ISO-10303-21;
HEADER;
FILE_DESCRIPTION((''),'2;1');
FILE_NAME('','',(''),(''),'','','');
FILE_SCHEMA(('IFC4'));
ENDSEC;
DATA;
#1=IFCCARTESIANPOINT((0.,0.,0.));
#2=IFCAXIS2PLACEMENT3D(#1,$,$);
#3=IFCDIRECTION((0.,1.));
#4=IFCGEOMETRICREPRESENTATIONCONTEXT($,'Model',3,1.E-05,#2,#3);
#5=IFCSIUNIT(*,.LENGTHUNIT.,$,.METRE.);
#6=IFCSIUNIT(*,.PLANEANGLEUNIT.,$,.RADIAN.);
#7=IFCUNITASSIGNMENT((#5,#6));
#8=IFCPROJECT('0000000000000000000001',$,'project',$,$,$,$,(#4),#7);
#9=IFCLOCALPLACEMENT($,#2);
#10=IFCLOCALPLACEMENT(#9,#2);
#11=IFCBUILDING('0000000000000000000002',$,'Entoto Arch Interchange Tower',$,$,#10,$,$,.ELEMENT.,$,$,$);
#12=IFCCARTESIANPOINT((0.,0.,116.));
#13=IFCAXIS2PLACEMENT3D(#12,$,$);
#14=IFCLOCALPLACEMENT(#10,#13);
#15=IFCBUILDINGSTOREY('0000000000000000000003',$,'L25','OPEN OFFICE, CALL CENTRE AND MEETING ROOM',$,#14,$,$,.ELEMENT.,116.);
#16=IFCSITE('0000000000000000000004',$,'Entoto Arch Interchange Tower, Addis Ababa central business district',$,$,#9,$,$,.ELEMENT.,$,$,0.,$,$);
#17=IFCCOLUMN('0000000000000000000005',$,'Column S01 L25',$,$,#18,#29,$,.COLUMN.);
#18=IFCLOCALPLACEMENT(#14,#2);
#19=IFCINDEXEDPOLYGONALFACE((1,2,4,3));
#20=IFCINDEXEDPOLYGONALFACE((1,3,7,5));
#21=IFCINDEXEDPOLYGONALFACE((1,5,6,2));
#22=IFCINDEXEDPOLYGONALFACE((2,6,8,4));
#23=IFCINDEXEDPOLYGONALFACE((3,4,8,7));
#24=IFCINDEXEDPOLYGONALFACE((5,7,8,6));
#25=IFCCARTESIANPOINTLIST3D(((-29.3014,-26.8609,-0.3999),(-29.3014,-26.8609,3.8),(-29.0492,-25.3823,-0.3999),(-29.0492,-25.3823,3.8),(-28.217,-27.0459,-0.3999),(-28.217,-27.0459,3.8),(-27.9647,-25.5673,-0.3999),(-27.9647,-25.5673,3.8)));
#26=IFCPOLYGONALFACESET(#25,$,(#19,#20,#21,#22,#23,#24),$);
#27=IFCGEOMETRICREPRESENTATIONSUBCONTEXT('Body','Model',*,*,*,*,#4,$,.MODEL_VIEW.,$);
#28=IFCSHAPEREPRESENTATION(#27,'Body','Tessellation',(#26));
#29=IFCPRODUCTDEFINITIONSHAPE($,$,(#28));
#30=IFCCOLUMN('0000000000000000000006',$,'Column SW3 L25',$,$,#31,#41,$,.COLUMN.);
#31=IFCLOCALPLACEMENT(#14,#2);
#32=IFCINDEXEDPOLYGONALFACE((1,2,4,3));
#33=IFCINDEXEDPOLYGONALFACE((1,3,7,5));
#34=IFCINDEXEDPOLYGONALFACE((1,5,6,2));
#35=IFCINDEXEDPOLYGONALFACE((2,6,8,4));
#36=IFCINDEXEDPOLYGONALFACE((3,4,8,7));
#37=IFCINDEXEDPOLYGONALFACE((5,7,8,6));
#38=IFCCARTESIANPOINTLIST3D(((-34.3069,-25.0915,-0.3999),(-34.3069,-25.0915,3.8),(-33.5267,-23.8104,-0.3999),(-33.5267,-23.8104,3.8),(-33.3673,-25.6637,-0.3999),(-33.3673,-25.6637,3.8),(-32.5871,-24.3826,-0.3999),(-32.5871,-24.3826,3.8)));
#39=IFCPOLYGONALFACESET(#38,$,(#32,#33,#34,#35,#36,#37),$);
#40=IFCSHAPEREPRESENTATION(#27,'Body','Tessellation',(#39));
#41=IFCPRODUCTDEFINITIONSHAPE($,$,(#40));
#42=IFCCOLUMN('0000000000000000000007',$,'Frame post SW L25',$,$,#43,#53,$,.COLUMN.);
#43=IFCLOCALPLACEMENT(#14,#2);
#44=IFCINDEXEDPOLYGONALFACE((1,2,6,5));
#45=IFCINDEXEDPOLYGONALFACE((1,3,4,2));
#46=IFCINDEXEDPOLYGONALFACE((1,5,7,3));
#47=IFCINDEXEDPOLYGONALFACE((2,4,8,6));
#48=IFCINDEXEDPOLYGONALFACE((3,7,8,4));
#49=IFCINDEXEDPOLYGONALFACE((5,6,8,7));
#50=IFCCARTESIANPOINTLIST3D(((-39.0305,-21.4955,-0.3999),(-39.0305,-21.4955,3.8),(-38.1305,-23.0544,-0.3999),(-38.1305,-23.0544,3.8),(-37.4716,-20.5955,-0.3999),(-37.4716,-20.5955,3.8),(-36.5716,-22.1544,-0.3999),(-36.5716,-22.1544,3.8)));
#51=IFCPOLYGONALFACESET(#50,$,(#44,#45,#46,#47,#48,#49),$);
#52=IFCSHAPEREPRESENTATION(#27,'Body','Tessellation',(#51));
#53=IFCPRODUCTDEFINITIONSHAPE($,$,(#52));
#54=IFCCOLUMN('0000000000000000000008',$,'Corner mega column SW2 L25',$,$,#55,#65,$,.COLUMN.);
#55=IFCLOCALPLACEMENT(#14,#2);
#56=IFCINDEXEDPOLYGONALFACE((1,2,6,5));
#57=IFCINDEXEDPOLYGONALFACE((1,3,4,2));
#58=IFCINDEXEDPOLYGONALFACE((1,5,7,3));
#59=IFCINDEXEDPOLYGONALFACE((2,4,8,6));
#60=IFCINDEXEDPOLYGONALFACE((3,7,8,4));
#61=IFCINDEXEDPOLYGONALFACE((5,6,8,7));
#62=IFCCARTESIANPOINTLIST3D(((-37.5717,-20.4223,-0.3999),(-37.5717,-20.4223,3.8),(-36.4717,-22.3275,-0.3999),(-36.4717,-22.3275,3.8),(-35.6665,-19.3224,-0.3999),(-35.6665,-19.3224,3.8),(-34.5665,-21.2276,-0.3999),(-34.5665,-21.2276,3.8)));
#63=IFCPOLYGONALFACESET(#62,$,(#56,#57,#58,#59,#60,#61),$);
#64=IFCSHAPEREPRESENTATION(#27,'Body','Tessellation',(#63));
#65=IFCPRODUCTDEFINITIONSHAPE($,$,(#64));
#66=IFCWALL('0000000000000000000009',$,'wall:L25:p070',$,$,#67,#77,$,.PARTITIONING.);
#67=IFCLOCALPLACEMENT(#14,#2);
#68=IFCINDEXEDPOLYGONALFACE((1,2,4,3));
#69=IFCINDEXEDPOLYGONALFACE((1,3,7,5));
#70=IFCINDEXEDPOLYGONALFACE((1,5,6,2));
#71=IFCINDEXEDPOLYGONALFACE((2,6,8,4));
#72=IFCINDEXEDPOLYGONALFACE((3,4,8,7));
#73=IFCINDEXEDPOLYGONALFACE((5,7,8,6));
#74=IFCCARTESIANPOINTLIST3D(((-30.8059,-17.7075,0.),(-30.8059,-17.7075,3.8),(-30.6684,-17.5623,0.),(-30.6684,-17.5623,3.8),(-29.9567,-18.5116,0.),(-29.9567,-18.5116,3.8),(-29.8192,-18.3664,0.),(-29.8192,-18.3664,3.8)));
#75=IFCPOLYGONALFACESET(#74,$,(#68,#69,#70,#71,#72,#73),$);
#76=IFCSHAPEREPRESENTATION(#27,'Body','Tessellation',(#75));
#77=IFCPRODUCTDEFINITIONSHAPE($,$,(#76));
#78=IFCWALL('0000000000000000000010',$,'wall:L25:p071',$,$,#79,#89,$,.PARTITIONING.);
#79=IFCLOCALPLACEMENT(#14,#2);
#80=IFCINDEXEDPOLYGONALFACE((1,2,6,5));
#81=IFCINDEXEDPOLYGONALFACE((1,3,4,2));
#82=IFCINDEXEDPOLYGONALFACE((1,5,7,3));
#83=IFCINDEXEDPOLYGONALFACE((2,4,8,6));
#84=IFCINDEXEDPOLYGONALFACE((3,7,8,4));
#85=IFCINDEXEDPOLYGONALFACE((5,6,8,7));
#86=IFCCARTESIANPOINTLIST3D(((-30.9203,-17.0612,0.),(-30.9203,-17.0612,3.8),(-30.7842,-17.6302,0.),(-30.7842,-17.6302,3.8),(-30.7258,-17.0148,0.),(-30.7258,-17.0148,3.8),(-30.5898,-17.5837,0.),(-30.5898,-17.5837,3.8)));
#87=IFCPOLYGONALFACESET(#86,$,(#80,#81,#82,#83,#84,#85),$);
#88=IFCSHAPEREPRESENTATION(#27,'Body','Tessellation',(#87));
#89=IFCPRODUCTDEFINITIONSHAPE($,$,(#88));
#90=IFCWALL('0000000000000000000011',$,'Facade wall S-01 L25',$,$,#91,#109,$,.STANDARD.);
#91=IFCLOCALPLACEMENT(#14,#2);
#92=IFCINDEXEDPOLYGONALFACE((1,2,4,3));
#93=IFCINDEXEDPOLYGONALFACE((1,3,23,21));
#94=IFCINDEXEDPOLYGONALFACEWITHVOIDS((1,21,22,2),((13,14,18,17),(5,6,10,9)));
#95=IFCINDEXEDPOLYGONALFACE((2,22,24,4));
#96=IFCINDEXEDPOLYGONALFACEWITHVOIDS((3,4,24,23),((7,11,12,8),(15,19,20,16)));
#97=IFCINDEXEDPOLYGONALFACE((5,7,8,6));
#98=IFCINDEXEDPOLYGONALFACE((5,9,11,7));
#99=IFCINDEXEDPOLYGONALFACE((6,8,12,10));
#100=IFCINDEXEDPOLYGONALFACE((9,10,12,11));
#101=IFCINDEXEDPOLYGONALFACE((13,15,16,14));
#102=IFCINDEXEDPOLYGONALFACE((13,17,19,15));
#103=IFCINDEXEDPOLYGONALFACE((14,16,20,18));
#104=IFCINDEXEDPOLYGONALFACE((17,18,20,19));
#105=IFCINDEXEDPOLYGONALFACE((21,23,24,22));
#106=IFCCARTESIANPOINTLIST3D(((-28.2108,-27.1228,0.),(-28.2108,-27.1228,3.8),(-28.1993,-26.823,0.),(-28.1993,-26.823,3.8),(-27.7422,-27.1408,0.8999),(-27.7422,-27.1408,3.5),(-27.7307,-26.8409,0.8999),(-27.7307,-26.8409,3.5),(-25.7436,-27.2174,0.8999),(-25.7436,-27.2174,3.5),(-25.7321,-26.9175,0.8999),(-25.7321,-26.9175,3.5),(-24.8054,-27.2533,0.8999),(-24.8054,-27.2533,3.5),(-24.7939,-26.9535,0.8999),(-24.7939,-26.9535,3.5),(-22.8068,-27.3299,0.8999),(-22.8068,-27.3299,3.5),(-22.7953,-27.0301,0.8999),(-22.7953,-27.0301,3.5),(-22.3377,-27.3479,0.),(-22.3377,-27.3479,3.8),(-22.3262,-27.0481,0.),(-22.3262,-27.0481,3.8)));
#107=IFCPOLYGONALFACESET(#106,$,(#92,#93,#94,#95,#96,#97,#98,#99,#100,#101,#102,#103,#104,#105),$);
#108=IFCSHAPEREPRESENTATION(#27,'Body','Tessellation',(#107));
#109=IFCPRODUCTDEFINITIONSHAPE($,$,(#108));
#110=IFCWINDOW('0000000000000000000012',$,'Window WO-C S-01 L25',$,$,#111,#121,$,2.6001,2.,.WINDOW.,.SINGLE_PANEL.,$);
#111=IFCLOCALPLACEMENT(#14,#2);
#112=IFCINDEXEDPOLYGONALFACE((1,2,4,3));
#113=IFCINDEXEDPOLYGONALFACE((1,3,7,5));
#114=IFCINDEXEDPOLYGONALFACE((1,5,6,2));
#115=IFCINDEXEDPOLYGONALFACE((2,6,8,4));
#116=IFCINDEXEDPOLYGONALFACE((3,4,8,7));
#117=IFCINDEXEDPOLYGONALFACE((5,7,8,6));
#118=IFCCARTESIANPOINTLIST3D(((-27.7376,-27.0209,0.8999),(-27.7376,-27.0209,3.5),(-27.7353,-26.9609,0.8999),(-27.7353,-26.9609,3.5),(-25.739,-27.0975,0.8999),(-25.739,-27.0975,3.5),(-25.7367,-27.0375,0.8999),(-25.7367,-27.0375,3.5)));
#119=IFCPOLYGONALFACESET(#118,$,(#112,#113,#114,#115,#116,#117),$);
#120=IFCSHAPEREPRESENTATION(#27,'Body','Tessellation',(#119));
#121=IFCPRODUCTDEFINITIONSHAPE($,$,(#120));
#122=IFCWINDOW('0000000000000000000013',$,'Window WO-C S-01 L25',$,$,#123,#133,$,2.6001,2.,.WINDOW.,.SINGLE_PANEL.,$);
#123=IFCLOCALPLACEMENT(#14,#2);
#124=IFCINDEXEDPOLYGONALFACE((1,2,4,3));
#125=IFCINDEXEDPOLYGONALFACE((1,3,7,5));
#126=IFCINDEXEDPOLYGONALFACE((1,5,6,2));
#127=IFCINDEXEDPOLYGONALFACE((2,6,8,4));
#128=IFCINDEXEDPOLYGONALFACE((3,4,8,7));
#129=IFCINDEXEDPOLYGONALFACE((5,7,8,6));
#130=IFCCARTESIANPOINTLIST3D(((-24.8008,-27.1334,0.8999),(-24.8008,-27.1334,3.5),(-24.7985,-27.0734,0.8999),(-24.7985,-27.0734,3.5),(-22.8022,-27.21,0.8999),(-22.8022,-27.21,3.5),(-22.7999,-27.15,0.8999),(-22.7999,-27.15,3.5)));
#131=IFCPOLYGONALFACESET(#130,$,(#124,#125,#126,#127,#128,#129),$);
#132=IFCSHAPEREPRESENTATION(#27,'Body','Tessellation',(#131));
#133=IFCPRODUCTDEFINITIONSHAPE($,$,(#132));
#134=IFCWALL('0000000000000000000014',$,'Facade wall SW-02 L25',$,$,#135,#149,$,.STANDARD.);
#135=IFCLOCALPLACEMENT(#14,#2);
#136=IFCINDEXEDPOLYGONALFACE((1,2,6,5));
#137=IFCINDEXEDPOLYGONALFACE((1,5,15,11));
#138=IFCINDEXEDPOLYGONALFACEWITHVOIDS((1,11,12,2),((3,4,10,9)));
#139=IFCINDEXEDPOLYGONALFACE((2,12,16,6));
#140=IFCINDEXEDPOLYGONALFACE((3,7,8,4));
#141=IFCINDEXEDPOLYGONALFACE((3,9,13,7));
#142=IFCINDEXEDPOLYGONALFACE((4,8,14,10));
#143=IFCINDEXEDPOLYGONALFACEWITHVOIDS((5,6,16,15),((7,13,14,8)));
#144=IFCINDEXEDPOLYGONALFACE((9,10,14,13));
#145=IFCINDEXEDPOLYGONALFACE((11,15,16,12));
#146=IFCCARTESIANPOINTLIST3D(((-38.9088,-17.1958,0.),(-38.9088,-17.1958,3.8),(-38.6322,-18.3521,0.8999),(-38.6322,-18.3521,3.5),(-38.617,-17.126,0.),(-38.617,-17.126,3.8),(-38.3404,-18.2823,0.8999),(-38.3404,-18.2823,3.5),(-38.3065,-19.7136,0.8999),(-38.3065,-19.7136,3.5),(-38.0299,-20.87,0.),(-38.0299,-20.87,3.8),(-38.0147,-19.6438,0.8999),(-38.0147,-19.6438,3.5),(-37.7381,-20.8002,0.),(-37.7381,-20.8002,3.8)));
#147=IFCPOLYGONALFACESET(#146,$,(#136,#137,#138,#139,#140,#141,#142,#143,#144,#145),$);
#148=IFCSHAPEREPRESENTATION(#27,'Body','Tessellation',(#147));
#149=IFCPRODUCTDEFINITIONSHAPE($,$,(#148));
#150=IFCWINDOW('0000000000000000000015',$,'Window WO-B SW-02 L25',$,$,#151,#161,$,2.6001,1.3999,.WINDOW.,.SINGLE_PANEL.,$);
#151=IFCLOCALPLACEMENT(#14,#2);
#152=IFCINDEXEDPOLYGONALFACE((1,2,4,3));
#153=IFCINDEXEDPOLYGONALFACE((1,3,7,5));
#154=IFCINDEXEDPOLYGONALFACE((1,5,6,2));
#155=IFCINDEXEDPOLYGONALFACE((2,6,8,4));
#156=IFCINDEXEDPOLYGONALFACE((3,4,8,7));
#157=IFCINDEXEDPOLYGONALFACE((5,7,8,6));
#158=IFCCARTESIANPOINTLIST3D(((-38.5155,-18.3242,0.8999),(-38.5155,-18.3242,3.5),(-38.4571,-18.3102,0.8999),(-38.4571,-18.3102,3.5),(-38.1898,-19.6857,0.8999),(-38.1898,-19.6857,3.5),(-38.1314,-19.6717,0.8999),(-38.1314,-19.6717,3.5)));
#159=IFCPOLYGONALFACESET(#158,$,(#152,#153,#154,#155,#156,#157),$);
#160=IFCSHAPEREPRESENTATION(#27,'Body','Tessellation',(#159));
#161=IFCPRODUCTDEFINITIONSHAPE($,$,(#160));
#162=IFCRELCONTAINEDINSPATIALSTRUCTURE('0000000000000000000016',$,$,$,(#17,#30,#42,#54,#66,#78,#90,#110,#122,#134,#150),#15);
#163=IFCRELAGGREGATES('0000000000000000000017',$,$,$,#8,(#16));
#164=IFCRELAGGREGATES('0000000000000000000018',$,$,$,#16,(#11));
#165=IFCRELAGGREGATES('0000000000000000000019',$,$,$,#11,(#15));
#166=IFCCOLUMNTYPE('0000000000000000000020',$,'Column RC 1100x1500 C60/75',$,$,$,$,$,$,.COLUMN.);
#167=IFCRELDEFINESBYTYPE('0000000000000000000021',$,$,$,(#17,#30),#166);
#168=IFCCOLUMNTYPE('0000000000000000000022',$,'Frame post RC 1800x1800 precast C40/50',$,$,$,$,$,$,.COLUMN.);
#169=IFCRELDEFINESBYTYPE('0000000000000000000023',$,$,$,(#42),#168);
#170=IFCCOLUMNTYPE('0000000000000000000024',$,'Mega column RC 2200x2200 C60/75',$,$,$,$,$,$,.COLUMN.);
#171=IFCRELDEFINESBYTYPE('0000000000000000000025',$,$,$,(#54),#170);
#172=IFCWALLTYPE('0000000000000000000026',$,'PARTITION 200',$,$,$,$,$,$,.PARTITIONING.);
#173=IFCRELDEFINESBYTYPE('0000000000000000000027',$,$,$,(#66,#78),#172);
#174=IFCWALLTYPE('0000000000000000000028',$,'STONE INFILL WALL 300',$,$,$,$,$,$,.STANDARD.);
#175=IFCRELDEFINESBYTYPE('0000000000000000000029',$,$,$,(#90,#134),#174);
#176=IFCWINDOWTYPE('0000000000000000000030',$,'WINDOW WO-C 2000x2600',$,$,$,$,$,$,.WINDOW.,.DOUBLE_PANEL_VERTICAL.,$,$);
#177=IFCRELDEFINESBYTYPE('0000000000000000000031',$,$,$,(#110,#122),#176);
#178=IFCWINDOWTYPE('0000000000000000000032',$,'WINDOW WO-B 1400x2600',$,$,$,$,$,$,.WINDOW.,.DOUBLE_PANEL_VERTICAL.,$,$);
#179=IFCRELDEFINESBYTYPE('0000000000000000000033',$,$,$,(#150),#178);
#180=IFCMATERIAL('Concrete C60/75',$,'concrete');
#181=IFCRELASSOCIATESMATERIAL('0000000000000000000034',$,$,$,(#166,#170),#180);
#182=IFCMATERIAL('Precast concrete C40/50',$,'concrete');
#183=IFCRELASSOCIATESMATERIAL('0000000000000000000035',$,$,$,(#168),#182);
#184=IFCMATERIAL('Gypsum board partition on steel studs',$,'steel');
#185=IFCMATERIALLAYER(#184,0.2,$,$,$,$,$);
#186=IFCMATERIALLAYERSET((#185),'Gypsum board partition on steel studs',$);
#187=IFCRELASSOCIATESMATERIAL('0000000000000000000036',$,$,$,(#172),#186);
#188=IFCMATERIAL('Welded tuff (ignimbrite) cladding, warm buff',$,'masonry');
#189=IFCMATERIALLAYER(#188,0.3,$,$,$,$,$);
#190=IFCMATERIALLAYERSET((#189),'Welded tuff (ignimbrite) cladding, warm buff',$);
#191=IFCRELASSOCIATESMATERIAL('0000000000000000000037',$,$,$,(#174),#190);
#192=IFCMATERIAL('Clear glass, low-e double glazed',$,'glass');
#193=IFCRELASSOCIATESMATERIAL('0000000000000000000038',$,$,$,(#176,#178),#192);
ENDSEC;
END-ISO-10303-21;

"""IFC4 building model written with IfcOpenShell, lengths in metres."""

from ifc_helpers import new_model, si_unit, direction, frame, frame_2d, origin, origin_2d, place, context, subcontext, project, spatial, rectangle, extrude, material, layer, layer_set, material_profile, profile_set, type_object, element, fill, save


model = new_model("IFC4")

# Units and contexts
model_context = context("Model", 3, precision=1e-05, world=origin(), true_north=direction((0.0, 1.0)))
body_context = subcontext(model_context, "Body", "Model", "MODEL_VIEW")
ifc_project = project(units=[si_unit("LENGTHUNIT", "METRE"), si_unit("PLANEANGLEUNIT", "RADIAN")], contexts=[model_context])

# Site, building, storey
site_placement = place(None, origin())
site = spatial("IfcSite", under=ifc_project, at=site_placement, Name="Entoto Arch Interchange Tower, Addis Ababa central business district", CompositionType="ELEMENT", RefElevation=0.0)
building_placement = place(site_placement, origin())
building = spatial("IfcBuilding", under=site, at=building_placement, Name="Entoto Arch Interchange Tower", CompositionType="ELEMENT")
storey_placement = place(building_placement, frame((0.0, 0.0, 116.0)))
storey = spatial("IfcBuildingStorey", under=building, at=storey_placement, Name="L25", Description="OPEN OFFICE, CALL CENTRE AND MEETING ROOM", CompositionType="ELEMENT", Elevation=116.0)

# Columns
ifc_material_1 = material(Name="Concrete C60/75", Category="concrete")
ifc_material_profile_1 = material_profile(ifc_material_1, rectangle(XDim=1.1001, YDim=1.5, at=origin_2d()))
ifc_profile_set_1 = profile_set([ifc_material_profile_1], Name="Concrete C60/75")
column_type_1 = type_object("IfcColumnType", Name="Column RC 1100x1500 C60/75", PredefinedType="COLUMN", material=ifc_profile_set_1)
for number, where, z_axis, x_axis, name in (
    (1, (-28.6331, -26.2141, -0.3999), (0.0, 0.0, 1.0), (-0.985759, 0.168162, 0.0), "Column S01 L25"),
    (2, (-33.447, -24.7371, -0.3999), (0.0, 0.0, 1.0), (-0.854096, 0.520116, 0.0), "Column SW3 L25"),
):
    element("IfcColumn", number, at=place(storey_placement, frame(where, z_axis=z_axis, x_axis=x_axis)), inside=storey, type_object=column_type_1, Name=name, PredefinedType="COLUMN", context=body_context, shape_type="SweptSolid", body=[
        extrude(rectangle(XDim=1.1001, YDim=1.5, at=origin_2d()), origin(), (0.0, 0.0, 1.0), 4.2),
    ])
ifc_material_2 = material(Name="Precast concrete C40/50", Category="concrete")
ifc_material_profile_2 = material_profile(ifc_material_2, rectangle(XDim=1.8, YDim=1.8, at=origin_2d()))
ifc_profile_set_2 = profile_set([ifc_material_profile_2], Name="Precast concrete C40/50")
column_type_2 = type_object("IfcColumnType", Name="Frame post RC 1800x1800 precast C40/50", PredefinedType="COLUMN", material=ifc_profile_set_2)
column_1_placement = place(storey_placement, frame((-37.801, -21.825, -0.3999), z_axis=(0.0, 0.0, 1.0), x_axis=(0.866025, 0.5, 0.0)))
element("IfcColumn", 3, at=column_1_placement, inside=storey, type_object=column_type_2, Name="Frame post SW L25", PredefinedType="COLUMN", context=body_context, shape_type="SweptSolid", body=[
    extrude(rectangle(XDim=1.8, YDim=1.8, at=origin_2d()), origin(), (0.0, 0.0, 1.0), 4.2),
])
ifc_material_profile_3 = material_profile(ifc_material_1, rectangle(XDim=2.2, YDim=2.2, at=origin_2d()))
ifc_profile_set_3 = profile_set([ifc_material_profile_3], Name="Concrete C60/75")
column_type_3 = type_object("IfcColumnType", Name="Mega column RC 2200x2200 C60/75", PredefinedType="COLUMN", material=ifc_profile_set_3)
column_2_placement = place(storey_placement, frame((-36.0691, -20.825, -0.3999), z_axis=(0.0, 0.0, 1.0), x_axis=(0.866025, 0.5, 0.0)))
element("IfcColumn", 4, at=column_2_placement, inside=storey, type_object=column_type_3, Name="Corner mega column SW2 L25", PredefinedType="COLUMN", context=body_context, shape_type="SweptSolid", body=[
    extrude(rectangle(XDim=2.2, YDim=2.2, at=origin_2d()), origin(), (0.0, 0.0, 1.0), 4.2),
])

# Walls
ifc_material_3 = material(Name="Gypsum board partition on steel studs", Category="steel")
ifc_layer_1 = layer(ifc_material_3, 0.2)
ifc_layer_set_1 = layer_set([ifc_layer_1], Name="Gypsum board partition on steel studs")
wall_type_1 = type_object("IfcWallType", Name="PARTITION 200", PredefinedType="PARTITIONING", material=ifc_layer_set_1)
wall_1_placement = place(storey_placement, frame((-29.8879, -18.439, 0.0), z_axis=(0.0, 0.0, 1.0), x_axis=(-0.726156, 0.68753, 0.0)))
element("IfcWall", 5, at=wall_1_placement, inside=storey, type_object=wall_type_1, Name="wall:L25:p070", PredefinedType="PARTITIONING", context=body_context, shape_type="SweptSolid", body=[
    extrude(rectangle(XDim=1.1694, YDim=0.2, at=frame_2d((0.5847, 0.0))), origin(), (0.0, 0.0, 1.0), 3.8),
])
wall_2_placement = place(storey_placement, frame((-30.687, -17.6069, 0.0), z_axis=(0.0, 0.0, 1.0), x_axis=(-0.232505, 0.972595, 0.0)))
element("IfcWall", 6, at=wall_2_placement, inside=storey, type_object=wall_type_1, Name="wall:L25:p071", PredefinedType="PARTITIONING", context=body_context, shape_type="SweptSolid", body=[
    extrude(rectangle(XDim=0.585, YDim=0.2, at=frame_2d((0.2925, 0.0))), origin(), (0.0, 0.0, 1.0), 3.8),
])

# Wall, openings, windows
ifc_material_4 = material(Name="Welded tuff (ignimbrite) cladding, warm buff", Category="masonry")
ifc_layer_2 = layer(ifc_material_4, 0.3)
ifc_layer_set_2 = layer_set([ifc_layer_2], Name="Welded tuff (ignimbrite) cladding, warm buff")
wall_type_2 = type_object("IfcWallType", Name="STONE INFILL WALL 300", PredefinedType="STANDARD", material=ifc_layer_set_2)
wall_3_placement = place(storey_placement, frame((-28.2051, -26.9729, 0.0), z_axis=(0.0, 0.0, 1.0), x_axis=(0.999266, -0.038299, 0.0)))
wall_3 = element("IfcWall", 7, at=wall_3_placement, inside=storey, type_object=wall_type_2, Name="Facade wall S-01 L25", PredefinedType="STANDARD", context=body_context, shape_type="SweptSolid", body=[
    extrude(rectangle(XDim=5.8774, YDim=0.3, at=frame_2d((2.9387, 0.0))), origin(), (0.0, 0.0, 1.0), 3.8),
])
opening_1_placement = place(wall_3_placement, frame((0.469, 0.0, 0.8999)))
opening_1 = element("IfcOpeningElement", 8, at=opening_1_placement, cuts=wall_3, PredefinedType="OPENING", context=body_context, shape_type="SweptSolid", body=[
    extrude(rectangle(XDim=2.0, YDim=2.6001, at=frame_2d((1.0, 1.3))), frame((0.0, 0.1602, 0.0), z_axis=(0.0, -1.0, 0.0), x_axis=(1.0, 0.0, 0.0)), (0.0, 0.0, 1.0), 0.3201),
])
opening_2_placement = place(wall_3_placement, frame((3.408, 0.0, 0.8999)))
opening_2 = element("IfcOpeningElement", 9, at=opening_2_placement, cuts=wall_3, PredefinedType="OPENING", context=body_context, shape_type="SweptSolid", body=[
    extrude(rectangle(XDim=2.0, YDim=2.6001, at=frame_2d((1.0, 1.3))), frame((0.0, 0.1602, 0.0), z_axis=(0.0, -1.0, 0.0), x_axis=(1.0, 0.0, 0.0)), (0.0, 0.0, 1.0), 0.3201),
])
ifc_material_5 = material(Name="Clear glass, low-e double glazed", Category="glass")
window_type_1 = type_object("IfcWindowType", Name="WINDOW WO-C 2000x2600", PartitioningType="DOUBLE_PANEL_VERTICAL", PredefinedType="WINDOW", material=ifc_material_5)
window_1_placement = place(opening_1_placement, origin())
window_1 = element("IfcWindow", 10, at=window_1_placement, inside=storey, type_object=window_type_1, Name="Window WO-C S-01 L25", OverallHeight=2.6001, OverallWidth=2.0, PartitioningType="SINGLE_PANEL", PredefinedType="WINDOW", context=body_context, shape_type="SweptSolid", body=[
    extrude(rectangle(XDim=2.0, YDim=2.6001, at=frame_2d((1.0, 1.3))), frame((0.0, 0.03, 0.0), z_axis=(0.0, -1.0, 0.0), x_axis=(1.0, 0.0, 0.0)), (0.0, 0.0, 1.0), 0.0601),
])
fill(opening_1, window_1)
window_2_placement = place(opening_2_placement, origin())
window_2 = element("IfcWindow", 11, at=window_2_placement, inside=storey, type_object=window_type_1, Name="Window WO-C S-01 L25", OverallHeight=2.6001, OverallWidth=2.0, PartitioningType="SINGLE_PANEL", PredefinedType="WINDOW", context=body_context, shape_type="SweptSolid", body=[
    extrude(rectangle(XDim=2.0, YDim=2.6001, at=frame_2d((1.0, 1.3))), frame((0.0, 0.03, 0.0), z_axis=(0.0, -1.0, 0.0), x_axis=(1.0, 0.0, 0.0)), (0.0, 0.0, 1.0), 0.0601),
])
fill(opening_2, window_2)

# Wall, opening, window
wall_4_placement = place(storey_placement, frame((-38.7629, -17.1609, 0.0), z_axis=(0.0, 0.0, 1.0), x_axis=(0.232654, -0.97256, 0.0)))
wall_4 = element("IfcWall", 12, at=wall_4_placement, inside=storey, type_object=wall_type_2, Name="Facade wall SW-02 L25", PredefinedType="STANDARD", context=body_context, shape_type="SweptSolid", body=[
    extrude(rectangle(XDim=3.7778, YDim=0.3, at=frame_2d((1.8889, 0.0))), origin(), (0.0, 0.0, 1.0), 3.8),
])
opening_3_placement = place(wall_4_placement, frame((1.189, 0.0, 0.8999)))
opening_3 = element("IfcOpeningElement", 13, at=opening_3_placement, cuts=wall_4, PredefinedType="OPENING", context=body_context, shape_type="SweptSolid", body=[
    extrude(rectangle(XDim=1.3999, YDim=2.6001, at=frame_2d((0.7, 1.3))), frame((0.0, 0.1602, 0.0), z_axis=(0.0, -1.0, 0.0), x_axis=(1.0, 0.0, 0.0)), (0.0, 0.0, 1.0), 0.3201),
])
window_type_2 = type_object("IfcWindowType", Name="WINDOW WO-B 1400x2600", PartitioningType="DOUBLE_PANEL_VERTICAL", PredefinedType="WINDOW", material=ifc_material_5)
window_3_placement = place(opening_3_placement, origin())
window_3 = element("IfcWindow", 14, at=window_3_placement, inside=storey, type_object=window_type_2, Name="Window WO-B SW-02 L25", OverallHeight=2.6001, OverallWidth=1.3999, PartitioningType="SINGLE_PANEL", PredefinedType="WINDOW", context=body_context, shape_type="SweptSolid", body=[
    extrude(rectangle(XDim=1.3999, YDim=2.6001, at=frame_2d((0.7, 1.3))), frame((0.0, 0.03, 0.0), z_axis=(0.0, -1.0, 0.0), x_axis=(1.0, 0.0, 0.0)), (0.0, 0.0, 1.0), 0.0601),
])
fill(opening_3, window_3)

save(model, "model.ifc")
